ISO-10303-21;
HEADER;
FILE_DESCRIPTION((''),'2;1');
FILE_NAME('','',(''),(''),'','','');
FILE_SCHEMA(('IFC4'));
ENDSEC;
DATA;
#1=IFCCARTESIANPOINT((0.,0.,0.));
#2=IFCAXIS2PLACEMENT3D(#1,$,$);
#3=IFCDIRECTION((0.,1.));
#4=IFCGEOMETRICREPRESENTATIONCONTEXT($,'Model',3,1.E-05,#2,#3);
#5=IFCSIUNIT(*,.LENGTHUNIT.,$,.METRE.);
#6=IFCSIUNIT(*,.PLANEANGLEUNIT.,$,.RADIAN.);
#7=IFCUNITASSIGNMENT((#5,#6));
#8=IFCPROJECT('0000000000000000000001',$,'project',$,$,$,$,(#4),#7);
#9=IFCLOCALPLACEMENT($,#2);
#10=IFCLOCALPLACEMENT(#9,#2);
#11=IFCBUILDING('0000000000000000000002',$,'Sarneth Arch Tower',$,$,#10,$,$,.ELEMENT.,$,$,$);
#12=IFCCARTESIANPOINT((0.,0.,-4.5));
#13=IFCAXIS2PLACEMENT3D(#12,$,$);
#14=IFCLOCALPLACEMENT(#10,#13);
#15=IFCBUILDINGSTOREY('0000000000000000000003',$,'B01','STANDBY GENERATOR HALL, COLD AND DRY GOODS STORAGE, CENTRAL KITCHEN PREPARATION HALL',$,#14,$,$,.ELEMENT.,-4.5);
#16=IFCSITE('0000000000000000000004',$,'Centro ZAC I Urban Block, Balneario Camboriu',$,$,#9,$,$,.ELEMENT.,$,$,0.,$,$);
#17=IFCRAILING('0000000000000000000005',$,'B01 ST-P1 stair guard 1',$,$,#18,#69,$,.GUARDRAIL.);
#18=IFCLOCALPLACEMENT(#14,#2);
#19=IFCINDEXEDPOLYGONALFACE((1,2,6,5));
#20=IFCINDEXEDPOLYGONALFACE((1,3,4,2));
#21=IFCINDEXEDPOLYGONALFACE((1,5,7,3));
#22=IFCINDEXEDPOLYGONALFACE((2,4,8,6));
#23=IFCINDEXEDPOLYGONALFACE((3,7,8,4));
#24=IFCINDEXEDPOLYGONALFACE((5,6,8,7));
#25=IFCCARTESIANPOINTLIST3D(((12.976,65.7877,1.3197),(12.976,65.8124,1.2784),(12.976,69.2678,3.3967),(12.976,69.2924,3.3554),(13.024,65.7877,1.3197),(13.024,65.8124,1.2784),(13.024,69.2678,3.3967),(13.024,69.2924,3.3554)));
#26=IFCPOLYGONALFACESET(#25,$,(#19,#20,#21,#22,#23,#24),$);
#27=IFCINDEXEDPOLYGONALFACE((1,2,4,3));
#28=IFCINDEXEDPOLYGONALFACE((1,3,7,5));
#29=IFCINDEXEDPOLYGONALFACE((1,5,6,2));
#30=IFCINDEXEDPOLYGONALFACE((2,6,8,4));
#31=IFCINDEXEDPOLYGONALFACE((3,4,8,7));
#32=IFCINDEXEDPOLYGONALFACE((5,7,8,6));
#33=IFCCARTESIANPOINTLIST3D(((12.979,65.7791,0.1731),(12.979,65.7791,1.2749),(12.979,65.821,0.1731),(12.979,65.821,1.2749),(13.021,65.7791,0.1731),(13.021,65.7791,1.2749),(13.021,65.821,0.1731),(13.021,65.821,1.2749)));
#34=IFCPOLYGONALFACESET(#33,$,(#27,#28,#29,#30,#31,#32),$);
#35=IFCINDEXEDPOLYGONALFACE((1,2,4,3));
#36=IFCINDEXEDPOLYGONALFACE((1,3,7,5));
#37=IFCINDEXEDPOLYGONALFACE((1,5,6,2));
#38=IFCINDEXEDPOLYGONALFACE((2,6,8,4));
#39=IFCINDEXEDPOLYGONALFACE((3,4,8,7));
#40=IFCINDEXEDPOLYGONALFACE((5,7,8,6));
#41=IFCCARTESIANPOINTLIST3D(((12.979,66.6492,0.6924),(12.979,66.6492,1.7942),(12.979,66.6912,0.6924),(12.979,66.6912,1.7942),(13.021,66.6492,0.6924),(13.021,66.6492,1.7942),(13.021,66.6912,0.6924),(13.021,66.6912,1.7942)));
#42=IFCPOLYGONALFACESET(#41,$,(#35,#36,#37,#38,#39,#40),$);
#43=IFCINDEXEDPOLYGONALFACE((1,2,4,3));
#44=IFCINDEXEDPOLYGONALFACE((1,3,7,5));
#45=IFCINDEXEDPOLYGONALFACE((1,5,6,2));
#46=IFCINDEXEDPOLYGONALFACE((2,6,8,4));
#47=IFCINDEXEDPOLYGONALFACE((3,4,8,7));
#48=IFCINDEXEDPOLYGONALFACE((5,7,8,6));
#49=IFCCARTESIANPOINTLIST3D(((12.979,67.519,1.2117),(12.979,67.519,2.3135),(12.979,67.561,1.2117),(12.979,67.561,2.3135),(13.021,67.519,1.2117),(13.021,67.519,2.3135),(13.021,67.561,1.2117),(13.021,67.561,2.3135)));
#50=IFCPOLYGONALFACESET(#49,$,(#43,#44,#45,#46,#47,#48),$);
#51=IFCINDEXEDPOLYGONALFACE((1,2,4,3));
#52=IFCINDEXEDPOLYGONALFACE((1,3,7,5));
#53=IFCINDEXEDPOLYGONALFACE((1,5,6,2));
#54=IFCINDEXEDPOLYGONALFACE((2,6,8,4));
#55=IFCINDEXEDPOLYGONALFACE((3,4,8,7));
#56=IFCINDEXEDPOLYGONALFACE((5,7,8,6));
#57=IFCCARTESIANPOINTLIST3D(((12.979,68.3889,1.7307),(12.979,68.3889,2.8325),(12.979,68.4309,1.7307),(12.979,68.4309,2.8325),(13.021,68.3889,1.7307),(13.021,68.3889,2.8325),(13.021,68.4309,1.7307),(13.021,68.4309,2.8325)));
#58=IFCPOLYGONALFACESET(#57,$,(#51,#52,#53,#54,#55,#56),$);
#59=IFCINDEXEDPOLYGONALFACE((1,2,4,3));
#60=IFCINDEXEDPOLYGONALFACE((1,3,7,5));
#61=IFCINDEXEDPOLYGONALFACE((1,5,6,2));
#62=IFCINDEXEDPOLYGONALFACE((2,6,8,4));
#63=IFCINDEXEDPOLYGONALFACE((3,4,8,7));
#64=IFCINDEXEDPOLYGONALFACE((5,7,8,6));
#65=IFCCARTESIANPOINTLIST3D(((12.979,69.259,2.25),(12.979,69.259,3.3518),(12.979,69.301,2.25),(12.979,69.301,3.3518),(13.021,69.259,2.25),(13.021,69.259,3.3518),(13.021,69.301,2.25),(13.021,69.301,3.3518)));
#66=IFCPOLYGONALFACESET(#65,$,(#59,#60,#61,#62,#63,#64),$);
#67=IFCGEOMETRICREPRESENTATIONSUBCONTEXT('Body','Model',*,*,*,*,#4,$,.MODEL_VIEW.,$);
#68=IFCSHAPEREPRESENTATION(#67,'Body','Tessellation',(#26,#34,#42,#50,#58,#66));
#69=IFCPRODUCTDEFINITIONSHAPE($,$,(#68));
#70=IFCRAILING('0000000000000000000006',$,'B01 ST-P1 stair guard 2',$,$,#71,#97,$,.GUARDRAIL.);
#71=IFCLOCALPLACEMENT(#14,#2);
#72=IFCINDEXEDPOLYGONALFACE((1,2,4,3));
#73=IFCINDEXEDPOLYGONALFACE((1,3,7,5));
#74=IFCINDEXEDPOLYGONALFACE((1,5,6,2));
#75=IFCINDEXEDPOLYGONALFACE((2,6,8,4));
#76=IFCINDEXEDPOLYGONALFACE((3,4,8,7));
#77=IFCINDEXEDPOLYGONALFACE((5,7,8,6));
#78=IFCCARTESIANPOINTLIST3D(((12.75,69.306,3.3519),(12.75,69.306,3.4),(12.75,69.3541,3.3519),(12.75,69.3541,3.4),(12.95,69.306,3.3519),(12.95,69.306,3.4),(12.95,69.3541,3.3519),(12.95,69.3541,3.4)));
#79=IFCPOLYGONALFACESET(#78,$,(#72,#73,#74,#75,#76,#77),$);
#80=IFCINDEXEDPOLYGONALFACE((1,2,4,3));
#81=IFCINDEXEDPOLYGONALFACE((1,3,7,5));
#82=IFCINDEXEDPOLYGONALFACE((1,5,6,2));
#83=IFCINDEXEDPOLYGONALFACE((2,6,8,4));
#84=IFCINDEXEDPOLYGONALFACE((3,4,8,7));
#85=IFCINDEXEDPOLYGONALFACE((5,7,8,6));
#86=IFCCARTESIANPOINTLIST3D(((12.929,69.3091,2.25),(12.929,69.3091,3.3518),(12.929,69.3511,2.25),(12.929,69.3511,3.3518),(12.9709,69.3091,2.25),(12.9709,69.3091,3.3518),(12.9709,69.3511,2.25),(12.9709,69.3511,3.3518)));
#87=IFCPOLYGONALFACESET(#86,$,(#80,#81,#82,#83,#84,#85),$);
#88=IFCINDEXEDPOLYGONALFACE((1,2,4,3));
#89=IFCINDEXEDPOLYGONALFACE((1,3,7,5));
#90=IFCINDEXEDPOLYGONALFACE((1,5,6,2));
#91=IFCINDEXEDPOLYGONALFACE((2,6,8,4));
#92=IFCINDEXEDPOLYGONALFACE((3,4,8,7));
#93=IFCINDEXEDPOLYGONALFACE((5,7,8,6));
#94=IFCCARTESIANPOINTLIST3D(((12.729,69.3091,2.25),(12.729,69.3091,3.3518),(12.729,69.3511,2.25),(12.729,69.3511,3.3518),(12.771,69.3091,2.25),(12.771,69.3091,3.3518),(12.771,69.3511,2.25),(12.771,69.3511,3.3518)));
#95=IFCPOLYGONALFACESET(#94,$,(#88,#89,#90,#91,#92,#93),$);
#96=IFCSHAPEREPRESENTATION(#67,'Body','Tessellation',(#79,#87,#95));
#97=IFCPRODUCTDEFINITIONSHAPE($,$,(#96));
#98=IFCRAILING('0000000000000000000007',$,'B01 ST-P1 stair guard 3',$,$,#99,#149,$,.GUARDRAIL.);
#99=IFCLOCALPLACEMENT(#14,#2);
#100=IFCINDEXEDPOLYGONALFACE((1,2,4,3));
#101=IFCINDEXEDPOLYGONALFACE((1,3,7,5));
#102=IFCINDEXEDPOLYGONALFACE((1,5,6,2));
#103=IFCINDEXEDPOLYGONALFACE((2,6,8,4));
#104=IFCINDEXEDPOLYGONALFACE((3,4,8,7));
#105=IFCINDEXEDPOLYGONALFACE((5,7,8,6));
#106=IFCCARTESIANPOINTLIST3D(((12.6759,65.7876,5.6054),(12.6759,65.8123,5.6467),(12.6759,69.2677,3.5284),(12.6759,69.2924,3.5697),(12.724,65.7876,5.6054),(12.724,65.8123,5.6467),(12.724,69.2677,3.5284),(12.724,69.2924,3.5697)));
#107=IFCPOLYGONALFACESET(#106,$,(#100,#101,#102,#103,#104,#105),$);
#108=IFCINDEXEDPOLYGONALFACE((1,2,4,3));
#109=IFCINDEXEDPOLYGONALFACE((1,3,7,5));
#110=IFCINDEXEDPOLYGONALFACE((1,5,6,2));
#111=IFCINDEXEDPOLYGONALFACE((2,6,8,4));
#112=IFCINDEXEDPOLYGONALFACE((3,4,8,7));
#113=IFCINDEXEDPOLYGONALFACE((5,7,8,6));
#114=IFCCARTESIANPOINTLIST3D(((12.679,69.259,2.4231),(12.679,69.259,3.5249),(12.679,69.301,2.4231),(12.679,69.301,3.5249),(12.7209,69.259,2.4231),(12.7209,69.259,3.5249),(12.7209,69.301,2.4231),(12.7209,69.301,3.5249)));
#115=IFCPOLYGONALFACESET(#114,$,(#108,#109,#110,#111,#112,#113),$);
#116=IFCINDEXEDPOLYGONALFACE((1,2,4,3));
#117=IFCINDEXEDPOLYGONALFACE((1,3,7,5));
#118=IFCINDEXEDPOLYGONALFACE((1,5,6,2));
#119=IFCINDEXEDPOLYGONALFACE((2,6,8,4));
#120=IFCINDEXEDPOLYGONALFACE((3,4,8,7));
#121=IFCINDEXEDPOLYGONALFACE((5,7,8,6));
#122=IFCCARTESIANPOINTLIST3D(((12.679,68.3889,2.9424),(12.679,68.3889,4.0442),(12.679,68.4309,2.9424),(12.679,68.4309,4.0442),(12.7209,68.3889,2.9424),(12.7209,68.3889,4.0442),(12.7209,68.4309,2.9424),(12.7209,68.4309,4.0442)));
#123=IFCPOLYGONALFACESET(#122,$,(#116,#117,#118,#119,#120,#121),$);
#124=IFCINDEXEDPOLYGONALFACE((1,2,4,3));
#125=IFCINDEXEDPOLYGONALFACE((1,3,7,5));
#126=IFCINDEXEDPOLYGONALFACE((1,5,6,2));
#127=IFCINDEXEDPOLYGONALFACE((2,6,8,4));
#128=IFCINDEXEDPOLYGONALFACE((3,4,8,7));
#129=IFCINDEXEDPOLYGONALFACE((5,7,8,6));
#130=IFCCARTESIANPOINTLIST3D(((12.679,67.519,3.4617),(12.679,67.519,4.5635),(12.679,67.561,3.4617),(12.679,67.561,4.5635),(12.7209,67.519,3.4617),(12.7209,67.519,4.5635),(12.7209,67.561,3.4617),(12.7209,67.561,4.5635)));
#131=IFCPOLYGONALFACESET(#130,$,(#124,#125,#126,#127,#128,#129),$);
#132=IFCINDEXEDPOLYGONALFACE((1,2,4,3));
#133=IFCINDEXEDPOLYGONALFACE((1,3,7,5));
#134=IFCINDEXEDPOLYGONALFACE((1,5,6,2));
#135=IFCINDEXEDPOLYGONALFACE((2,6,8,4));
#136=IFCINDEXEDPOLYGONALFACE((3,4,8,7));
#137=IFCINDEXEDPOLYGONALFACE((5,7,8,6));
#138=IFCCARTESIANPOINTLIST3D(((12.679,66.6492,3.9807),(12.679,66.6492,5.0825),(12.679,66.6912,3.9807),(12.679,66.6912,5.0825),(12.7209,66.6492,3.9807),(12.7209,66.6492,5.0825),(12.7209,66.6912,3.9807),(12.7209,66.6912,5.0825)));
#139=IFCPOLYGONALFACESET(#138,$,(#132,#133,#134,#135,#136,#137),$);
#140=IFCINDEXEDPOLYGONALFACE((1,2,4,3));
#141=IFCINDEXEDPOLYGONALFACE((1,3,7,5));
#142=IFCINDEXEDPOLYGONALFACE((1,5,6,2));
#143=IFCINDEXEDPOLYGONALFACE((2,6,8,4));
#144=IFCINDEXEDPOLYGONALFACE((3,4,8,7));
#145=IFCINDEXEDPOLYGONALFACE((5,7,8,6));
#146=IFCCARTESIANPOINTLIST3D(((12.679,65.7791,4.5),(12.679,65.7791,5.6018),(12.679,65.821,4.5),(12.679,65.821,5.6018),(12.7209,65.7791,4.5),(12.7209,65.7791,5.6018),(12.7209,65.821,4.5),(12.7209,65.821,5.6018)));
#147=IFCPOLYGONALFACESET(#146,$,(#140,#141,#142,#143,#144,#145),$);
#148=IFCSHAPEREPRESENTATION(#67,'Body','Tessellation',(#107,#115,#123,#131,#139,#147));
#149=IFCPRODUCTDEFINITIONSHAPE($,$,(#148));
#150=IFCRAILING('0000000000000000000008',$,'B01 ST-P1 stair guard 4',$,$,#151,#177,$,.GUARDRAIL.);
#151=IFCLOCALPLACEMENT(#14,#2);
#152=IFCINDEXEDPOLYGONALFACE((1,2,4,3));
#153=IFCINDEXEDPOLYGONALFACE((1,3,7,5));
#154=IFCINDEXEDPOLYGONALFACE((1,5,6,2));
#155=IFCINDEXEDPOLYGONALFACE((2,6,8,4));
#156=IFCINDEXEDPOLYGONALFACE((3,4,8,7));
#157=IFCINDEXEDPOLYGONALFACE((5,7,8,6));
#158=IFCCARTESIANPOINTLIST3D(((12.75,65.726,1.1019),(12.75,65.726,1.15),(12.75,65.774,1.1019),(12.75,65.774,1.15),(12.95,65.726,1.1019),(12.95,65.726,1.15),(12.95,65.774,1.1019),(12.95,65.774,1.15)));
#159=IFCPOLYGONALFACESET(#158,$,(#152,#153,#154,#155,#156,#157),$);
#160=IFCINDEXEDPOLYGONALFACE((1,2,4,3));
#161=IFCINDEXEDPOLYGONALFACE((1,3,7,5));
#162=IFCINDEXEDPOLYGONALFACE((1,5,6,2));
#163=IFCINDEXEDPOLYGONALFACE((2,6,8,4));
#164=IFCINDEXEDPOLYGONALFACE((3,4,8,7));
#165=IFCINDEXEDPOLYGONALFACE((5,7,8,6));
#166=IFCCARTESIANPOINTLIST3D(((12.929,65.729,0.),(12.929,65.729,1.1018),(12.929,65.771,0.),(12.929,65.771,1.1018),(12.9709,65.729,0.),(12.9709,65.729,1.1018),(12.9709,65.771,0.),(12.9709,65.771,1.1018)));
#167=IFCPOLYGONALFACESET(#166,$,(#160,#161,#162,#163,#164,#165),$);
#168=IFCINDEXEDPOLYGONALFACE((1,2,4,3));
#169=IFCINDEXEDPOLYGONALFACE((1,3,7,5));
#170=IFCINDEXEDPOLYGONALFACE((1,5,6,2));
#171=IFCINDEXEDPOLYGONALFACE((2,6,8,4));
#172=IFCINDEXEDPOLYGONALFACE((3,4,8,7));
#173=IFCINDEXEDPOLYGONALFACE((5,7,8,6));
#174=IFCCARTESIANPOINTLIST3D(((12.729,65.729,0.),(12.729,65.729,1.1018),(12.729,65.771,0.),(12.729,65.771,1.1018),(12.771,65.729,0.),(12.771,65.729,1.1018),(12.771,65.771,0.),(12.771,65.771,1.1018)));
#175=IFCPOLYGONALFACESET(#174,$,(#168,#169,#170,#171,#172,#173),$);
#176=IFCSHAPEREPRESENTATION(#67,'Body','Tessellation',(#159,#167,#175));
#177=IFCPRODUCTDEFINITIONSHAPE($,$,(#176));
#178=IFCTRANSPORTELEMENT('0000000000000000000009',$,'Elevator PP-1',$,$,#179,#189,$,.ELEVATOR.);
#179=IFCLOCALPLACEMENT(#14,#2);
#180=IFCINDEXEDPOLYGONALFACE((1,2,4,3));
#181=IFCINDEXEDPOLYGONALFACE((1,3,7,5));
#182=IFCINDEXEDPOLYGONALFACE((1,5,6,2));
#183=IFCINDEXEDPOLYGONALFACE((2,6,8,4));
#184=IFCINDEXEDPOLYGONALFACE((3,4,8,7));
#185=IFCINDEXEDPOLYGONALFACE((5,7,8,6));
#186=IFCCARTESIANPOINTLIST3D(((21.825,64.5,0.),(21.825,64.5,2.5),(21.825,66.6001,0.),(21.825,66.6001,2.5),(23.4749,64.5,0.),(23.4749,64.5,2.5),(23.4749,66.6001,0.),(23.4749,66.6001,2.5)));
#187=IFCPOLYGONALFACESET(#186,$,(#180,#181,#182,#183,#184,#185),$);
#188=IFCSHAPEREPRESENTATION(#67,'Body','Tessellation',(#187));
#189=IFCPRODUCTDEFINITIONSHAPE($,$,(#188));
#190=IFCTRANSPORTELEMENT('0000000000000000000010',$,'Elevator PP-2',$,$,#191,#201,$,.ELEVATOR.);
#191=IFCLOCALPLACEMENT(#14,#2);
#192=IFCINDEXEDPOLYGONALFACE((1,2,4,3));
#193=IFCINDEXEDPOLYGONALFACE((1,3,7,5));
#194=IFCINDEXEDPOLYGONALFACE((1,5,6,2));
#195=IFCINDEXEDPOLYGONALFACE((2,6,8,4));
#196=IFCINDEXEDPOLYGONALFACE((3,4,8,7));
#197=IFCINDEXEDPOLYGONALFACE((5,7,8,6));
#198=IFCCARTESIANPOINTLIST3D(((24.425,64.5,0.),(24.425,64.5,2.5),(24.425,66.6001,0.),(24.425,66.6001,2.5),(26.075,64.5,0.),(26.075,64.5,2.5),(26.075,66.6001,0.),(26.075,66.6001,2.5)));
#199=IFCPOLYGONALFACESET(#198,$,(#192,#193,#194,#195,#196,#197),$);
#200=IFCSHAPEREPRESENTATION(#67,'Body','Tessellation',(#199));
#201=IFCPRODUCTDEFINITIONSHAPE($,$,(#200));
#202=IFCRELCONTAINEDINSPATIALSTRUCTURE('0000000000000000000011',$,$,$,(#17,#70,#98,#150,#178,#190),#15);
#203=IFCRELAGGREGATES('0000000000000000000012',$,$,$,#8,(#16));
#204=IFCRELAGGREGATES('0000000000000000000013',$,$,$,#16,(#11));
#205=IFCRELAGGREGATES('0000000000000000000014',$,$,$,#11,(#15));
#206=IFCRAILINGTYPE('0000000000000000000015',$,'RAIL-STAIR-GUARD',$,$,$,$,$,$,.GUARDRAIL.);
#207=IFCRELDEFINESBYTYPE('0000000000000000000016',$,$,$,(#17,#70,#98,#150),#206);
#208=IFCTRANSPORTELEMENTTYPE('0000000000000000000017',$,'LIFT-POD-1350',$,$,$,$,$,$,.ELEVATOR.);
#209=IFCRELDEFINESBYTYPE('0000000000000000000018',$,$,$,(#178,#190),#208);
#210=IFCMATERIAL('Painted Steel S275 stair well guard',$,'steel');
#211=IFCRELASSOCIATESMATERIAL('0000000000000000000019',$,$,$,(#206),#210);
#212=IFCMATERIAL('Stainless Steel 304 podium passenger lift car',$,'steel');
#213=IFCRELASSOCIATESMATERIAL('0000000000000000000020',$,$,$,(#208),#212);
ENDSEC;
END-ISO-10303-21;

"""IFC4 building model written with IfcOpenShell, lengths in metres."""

from ifc_helpers import new_model, si_unit, direction, frame, origin, origin_2d, place, context, subcontext, project, spatial, rectangle, extrude, material, type_object, element, save


model = new_model("IFC4")

# Units and contexts
model_context = context("Model", 3, precision=1e-05, world=origin(), true_north=direction((0.0, 1.0)))
body_context = subcontext(model_context, "Body", "Model", "MODEL_VIEW")
ifc_project = project(units=[si_unit("LENGTHUNIT", "METRE"), si_unit("PLANEANGLEUNIT", "RADIAN")], contexts=[model_context])

# Site, building, storey
site_placement = place(None, origin())
site = spatial("IfcSite", under=ifc_project, at=site_placement, Name="Centro ZAC I Urban Block, Balneario Camboriu", CompositionType="ELEMENT", RefElevation=0.0)
building_placement = place(site_placement, origin())
building = spatial("IfcBuilding", under=site, at=building_placement, Name="Sarneth Arch Tower", CompositionType="ELEMENT")
storey_placement = place(building_placement, frame((0.0, 0.0, -4.5)))
storey = spatial("IfcBuildingStorey", under=building, at=storey_placement, Name="B01", Description="STANDBY GENERATOR HALL, COLD AND DRY GOODS STORAGE, CENTRAL KITCHEN PREPARATION HALL", CompositionType="ELEMENT", Elevation=-4.5)

# Railings
ifc_material_1 = material(Name="Painted Steel S275 stair well guard", Category="steel")
railing_type_1 = type_object("IfcRailingType", Name="RAIL-STAIR-GUARD", PredefinedType="GUARDRAIL", material=ifc_material_1)
railing_1_placement = place(storey_placement, frame((13.0, 65.8, 0.1731)))
element("IfcRailing", 1, at=railing_1_placement, inside=storey, type_object=railing_type_1, Name="B01 ST-P1 stair guard 1", PredefinedType="GUARDRAIL", context=body_context, shape_type="SweptSolid", body=[
    extrude(rectangle(XDim=0.0481, YDim=0.0481, at=origin_2d()), frame((0.0, 0.0, 1.126), z_axis=(0.0, 0.858697, 0.512483), x_axis=(-1.0, 0.0, 0.0)), (0.0, 0.0, 1.0), 4.0527),
    extrude(rectangle(XDim=0.042, YDim=0.042, at=origin_2d()), origin(), (0.0, 0.0, 1.0), 1.1018),
    extrude(rectangle(XDim=0.042, YDim=0.042, at=origin_2d()), frame((0.0, 0.8701, 0.5193)), (0.0, 0.0, 1.0), 1.1018),
    extrude(rectangle(XDim=0.042, YDim=0.042, at=origin_2d()), frame((0.0, 1.74, 1.0386)), (0.0, 0.0, 1.0), 1.1018),
    extrude(rectangle(XDim=0.042, YDim=0.042, at=origin_2d()), frame((0.0, 2.6099, 1.5576)), (0.0, 0.0, 1.0), 1.1018),
    extrude(rectangle(XDim=0.042, YDim=0.042, at=origin_2d()), frame((0.0, 3.48, 2.0769)), (0.0, 0.0, 1.0), 1.1018),
])
railing_2_placement = place(storey_placement, frame((12.95, 69.3301, 2.25)))
element("IfcRailing", 2, at=railing_2_placement, inside=storey, type_object=railing_type_1, Name="B01 ST-P1 stair guard 2", PredefinedType="GUARDRAIL", context=body_context, shape_type="SweptSolid", body=[
    extrude(rectangle(XDim=0.0481, YDim=0.0481, at=origin_2d()), frame((0.0, 0.0, 1.126), z_axis=(-1.0, 0.0, 0.0), x_axis=(0.0, -1.0, 0.0)), (0.0, 0.0, 1.0), 0.2),
    extrude(rectangle(XDim=0.042, YDim=0.042, at=origin_2d()), origin(), (0.0, 0.0, 1.0), 1.1018),
    extrude(rectangle(XDim=0.042, YDim=0.042, at=origin_2d()), frame((-0.2, 0.0, 0.0)), (0.0, 0.0, 1.0), 1.1018),
])
railing_3_placement = place(storey_placement, frame((12.7, 69.28, 2.4231)))
element("IfcRailing", 3, at=railing_3_placement, inside=storey, type_object=railing_type_1, Name="B01 ST-P1 stair guard 3", PredefinedType="GUARDRAIL", context=body_context, shape_type="SweptSolid", body=[
    extrude(rectangle(XDim=0.0481, YDim=0.0481, at=origin_2d()), frame((0.0, 0.0, 1.126), z_axis=(0.0, -0.858697, 0.512483), x_axis=(1.0, 0.0, 0.0)), (0.0, 0.0, 1.0), 4.0527),
    extrude(rectangle(XDim=0.042, YDim=0.042, at=origin_2d()), origin(), (0.0, 0.0, 1.0), 1.1018),
    extrude(rectangle(XDim=0.042, YDim=0.042, at=origin_2d()), frame((0.0, -0.8701, 0.5193)), (0.0, 0.0, 1.0), 1.1018),
    extrude(rectangle(XDim=0.042, YDim=0.042, at=origin_2d()), frame((0.0, -1.74, 1.0386)), (0.0, 0.0, 1.0), 1.1018),
    extrude(rectangle(XDim=0.042, YDim=0.042, at=origin_2d()), frame((0.0, -2.6099, 1.5576)), (0.0, 0.0, 1.0), 1.1018),
    extrude(rectangle(XDim=0.042, YDim=0.042, at=origin_2d()), frame((0.0, -3.48, 2.0769)), (0.0, 0.0, 1.0), 1.1018),
])
railing_4_placement = place(storey_placement, frame((12.95, 65.75, 0.0)))
element("IfcRailing", 4, at=railing_4_placement, inside=storey, type_object=railing_type_1, Name="B01 ST-P1 stair guard 4", PredefinedType="GUARDRAIL", context=body_context, shape_type="SweptSolid", body=[
    extrude(rectangle(XDim=0.0481, YDim=0.0481, at=origin_2d()), frame((0.0, 0.0, 1.126), z_axis=(-1.0, 0.0, 0.0), x_axis=(0.0, -1.0, 0.0)), (0.0, 0.0, 1.0), 0.2),
    extrude(rectangle(XDim=0.042, YDim=0.042, at=origin_2d()), origin(), (0.0, 0.0, 1.0), 1.1018),
    extrude(rectangle(XDim=0.042, YDim=0.042, at=origin_2d()), frame((-0.2, 0.0, 0.0)), (0.0, 0.0, 1.0), 1.1018),
])

# Transport elements
ifc_material_2 = material(Name="Stainless Steel 304 podium passenger lift car", Category="steel")
transport_element_type = type_object("IfcTransportElementType", Name="LIFT-POD-1350", PredefinedType="ELEVATOR", material=ifc_material_2)
for number, where, z_axis, x_axis, name in (
    (5, (22.6499, 65.55, 0.0), (0.0, 0.0, 1.0), (1.0, 0.0, 0.0), "Elevator PP-1"),
    (6, (25.25, 65.55, 0.0), (0.0, 0.0, 1.0), (1.0, 0.0, 0.0), "Elevator PP-2"),
):
    element("IfcTransportElement", number, at=place(storey_placement, frame(where, z_axis=z_axis, x_axis=x_axis)), inside=storey, type_object=transport_element_type, Name=name, PredefinedType="ELEVATOR", context=body_context, shape_type="SweptSolid", body=[
        extrude(rectangle(XDim=1.6499, YDim=2.1001, at=origin_2d()), origin(), (0.0, 0.0, 1.0), 2.5),
    ])

save(model, "model.ifc")
